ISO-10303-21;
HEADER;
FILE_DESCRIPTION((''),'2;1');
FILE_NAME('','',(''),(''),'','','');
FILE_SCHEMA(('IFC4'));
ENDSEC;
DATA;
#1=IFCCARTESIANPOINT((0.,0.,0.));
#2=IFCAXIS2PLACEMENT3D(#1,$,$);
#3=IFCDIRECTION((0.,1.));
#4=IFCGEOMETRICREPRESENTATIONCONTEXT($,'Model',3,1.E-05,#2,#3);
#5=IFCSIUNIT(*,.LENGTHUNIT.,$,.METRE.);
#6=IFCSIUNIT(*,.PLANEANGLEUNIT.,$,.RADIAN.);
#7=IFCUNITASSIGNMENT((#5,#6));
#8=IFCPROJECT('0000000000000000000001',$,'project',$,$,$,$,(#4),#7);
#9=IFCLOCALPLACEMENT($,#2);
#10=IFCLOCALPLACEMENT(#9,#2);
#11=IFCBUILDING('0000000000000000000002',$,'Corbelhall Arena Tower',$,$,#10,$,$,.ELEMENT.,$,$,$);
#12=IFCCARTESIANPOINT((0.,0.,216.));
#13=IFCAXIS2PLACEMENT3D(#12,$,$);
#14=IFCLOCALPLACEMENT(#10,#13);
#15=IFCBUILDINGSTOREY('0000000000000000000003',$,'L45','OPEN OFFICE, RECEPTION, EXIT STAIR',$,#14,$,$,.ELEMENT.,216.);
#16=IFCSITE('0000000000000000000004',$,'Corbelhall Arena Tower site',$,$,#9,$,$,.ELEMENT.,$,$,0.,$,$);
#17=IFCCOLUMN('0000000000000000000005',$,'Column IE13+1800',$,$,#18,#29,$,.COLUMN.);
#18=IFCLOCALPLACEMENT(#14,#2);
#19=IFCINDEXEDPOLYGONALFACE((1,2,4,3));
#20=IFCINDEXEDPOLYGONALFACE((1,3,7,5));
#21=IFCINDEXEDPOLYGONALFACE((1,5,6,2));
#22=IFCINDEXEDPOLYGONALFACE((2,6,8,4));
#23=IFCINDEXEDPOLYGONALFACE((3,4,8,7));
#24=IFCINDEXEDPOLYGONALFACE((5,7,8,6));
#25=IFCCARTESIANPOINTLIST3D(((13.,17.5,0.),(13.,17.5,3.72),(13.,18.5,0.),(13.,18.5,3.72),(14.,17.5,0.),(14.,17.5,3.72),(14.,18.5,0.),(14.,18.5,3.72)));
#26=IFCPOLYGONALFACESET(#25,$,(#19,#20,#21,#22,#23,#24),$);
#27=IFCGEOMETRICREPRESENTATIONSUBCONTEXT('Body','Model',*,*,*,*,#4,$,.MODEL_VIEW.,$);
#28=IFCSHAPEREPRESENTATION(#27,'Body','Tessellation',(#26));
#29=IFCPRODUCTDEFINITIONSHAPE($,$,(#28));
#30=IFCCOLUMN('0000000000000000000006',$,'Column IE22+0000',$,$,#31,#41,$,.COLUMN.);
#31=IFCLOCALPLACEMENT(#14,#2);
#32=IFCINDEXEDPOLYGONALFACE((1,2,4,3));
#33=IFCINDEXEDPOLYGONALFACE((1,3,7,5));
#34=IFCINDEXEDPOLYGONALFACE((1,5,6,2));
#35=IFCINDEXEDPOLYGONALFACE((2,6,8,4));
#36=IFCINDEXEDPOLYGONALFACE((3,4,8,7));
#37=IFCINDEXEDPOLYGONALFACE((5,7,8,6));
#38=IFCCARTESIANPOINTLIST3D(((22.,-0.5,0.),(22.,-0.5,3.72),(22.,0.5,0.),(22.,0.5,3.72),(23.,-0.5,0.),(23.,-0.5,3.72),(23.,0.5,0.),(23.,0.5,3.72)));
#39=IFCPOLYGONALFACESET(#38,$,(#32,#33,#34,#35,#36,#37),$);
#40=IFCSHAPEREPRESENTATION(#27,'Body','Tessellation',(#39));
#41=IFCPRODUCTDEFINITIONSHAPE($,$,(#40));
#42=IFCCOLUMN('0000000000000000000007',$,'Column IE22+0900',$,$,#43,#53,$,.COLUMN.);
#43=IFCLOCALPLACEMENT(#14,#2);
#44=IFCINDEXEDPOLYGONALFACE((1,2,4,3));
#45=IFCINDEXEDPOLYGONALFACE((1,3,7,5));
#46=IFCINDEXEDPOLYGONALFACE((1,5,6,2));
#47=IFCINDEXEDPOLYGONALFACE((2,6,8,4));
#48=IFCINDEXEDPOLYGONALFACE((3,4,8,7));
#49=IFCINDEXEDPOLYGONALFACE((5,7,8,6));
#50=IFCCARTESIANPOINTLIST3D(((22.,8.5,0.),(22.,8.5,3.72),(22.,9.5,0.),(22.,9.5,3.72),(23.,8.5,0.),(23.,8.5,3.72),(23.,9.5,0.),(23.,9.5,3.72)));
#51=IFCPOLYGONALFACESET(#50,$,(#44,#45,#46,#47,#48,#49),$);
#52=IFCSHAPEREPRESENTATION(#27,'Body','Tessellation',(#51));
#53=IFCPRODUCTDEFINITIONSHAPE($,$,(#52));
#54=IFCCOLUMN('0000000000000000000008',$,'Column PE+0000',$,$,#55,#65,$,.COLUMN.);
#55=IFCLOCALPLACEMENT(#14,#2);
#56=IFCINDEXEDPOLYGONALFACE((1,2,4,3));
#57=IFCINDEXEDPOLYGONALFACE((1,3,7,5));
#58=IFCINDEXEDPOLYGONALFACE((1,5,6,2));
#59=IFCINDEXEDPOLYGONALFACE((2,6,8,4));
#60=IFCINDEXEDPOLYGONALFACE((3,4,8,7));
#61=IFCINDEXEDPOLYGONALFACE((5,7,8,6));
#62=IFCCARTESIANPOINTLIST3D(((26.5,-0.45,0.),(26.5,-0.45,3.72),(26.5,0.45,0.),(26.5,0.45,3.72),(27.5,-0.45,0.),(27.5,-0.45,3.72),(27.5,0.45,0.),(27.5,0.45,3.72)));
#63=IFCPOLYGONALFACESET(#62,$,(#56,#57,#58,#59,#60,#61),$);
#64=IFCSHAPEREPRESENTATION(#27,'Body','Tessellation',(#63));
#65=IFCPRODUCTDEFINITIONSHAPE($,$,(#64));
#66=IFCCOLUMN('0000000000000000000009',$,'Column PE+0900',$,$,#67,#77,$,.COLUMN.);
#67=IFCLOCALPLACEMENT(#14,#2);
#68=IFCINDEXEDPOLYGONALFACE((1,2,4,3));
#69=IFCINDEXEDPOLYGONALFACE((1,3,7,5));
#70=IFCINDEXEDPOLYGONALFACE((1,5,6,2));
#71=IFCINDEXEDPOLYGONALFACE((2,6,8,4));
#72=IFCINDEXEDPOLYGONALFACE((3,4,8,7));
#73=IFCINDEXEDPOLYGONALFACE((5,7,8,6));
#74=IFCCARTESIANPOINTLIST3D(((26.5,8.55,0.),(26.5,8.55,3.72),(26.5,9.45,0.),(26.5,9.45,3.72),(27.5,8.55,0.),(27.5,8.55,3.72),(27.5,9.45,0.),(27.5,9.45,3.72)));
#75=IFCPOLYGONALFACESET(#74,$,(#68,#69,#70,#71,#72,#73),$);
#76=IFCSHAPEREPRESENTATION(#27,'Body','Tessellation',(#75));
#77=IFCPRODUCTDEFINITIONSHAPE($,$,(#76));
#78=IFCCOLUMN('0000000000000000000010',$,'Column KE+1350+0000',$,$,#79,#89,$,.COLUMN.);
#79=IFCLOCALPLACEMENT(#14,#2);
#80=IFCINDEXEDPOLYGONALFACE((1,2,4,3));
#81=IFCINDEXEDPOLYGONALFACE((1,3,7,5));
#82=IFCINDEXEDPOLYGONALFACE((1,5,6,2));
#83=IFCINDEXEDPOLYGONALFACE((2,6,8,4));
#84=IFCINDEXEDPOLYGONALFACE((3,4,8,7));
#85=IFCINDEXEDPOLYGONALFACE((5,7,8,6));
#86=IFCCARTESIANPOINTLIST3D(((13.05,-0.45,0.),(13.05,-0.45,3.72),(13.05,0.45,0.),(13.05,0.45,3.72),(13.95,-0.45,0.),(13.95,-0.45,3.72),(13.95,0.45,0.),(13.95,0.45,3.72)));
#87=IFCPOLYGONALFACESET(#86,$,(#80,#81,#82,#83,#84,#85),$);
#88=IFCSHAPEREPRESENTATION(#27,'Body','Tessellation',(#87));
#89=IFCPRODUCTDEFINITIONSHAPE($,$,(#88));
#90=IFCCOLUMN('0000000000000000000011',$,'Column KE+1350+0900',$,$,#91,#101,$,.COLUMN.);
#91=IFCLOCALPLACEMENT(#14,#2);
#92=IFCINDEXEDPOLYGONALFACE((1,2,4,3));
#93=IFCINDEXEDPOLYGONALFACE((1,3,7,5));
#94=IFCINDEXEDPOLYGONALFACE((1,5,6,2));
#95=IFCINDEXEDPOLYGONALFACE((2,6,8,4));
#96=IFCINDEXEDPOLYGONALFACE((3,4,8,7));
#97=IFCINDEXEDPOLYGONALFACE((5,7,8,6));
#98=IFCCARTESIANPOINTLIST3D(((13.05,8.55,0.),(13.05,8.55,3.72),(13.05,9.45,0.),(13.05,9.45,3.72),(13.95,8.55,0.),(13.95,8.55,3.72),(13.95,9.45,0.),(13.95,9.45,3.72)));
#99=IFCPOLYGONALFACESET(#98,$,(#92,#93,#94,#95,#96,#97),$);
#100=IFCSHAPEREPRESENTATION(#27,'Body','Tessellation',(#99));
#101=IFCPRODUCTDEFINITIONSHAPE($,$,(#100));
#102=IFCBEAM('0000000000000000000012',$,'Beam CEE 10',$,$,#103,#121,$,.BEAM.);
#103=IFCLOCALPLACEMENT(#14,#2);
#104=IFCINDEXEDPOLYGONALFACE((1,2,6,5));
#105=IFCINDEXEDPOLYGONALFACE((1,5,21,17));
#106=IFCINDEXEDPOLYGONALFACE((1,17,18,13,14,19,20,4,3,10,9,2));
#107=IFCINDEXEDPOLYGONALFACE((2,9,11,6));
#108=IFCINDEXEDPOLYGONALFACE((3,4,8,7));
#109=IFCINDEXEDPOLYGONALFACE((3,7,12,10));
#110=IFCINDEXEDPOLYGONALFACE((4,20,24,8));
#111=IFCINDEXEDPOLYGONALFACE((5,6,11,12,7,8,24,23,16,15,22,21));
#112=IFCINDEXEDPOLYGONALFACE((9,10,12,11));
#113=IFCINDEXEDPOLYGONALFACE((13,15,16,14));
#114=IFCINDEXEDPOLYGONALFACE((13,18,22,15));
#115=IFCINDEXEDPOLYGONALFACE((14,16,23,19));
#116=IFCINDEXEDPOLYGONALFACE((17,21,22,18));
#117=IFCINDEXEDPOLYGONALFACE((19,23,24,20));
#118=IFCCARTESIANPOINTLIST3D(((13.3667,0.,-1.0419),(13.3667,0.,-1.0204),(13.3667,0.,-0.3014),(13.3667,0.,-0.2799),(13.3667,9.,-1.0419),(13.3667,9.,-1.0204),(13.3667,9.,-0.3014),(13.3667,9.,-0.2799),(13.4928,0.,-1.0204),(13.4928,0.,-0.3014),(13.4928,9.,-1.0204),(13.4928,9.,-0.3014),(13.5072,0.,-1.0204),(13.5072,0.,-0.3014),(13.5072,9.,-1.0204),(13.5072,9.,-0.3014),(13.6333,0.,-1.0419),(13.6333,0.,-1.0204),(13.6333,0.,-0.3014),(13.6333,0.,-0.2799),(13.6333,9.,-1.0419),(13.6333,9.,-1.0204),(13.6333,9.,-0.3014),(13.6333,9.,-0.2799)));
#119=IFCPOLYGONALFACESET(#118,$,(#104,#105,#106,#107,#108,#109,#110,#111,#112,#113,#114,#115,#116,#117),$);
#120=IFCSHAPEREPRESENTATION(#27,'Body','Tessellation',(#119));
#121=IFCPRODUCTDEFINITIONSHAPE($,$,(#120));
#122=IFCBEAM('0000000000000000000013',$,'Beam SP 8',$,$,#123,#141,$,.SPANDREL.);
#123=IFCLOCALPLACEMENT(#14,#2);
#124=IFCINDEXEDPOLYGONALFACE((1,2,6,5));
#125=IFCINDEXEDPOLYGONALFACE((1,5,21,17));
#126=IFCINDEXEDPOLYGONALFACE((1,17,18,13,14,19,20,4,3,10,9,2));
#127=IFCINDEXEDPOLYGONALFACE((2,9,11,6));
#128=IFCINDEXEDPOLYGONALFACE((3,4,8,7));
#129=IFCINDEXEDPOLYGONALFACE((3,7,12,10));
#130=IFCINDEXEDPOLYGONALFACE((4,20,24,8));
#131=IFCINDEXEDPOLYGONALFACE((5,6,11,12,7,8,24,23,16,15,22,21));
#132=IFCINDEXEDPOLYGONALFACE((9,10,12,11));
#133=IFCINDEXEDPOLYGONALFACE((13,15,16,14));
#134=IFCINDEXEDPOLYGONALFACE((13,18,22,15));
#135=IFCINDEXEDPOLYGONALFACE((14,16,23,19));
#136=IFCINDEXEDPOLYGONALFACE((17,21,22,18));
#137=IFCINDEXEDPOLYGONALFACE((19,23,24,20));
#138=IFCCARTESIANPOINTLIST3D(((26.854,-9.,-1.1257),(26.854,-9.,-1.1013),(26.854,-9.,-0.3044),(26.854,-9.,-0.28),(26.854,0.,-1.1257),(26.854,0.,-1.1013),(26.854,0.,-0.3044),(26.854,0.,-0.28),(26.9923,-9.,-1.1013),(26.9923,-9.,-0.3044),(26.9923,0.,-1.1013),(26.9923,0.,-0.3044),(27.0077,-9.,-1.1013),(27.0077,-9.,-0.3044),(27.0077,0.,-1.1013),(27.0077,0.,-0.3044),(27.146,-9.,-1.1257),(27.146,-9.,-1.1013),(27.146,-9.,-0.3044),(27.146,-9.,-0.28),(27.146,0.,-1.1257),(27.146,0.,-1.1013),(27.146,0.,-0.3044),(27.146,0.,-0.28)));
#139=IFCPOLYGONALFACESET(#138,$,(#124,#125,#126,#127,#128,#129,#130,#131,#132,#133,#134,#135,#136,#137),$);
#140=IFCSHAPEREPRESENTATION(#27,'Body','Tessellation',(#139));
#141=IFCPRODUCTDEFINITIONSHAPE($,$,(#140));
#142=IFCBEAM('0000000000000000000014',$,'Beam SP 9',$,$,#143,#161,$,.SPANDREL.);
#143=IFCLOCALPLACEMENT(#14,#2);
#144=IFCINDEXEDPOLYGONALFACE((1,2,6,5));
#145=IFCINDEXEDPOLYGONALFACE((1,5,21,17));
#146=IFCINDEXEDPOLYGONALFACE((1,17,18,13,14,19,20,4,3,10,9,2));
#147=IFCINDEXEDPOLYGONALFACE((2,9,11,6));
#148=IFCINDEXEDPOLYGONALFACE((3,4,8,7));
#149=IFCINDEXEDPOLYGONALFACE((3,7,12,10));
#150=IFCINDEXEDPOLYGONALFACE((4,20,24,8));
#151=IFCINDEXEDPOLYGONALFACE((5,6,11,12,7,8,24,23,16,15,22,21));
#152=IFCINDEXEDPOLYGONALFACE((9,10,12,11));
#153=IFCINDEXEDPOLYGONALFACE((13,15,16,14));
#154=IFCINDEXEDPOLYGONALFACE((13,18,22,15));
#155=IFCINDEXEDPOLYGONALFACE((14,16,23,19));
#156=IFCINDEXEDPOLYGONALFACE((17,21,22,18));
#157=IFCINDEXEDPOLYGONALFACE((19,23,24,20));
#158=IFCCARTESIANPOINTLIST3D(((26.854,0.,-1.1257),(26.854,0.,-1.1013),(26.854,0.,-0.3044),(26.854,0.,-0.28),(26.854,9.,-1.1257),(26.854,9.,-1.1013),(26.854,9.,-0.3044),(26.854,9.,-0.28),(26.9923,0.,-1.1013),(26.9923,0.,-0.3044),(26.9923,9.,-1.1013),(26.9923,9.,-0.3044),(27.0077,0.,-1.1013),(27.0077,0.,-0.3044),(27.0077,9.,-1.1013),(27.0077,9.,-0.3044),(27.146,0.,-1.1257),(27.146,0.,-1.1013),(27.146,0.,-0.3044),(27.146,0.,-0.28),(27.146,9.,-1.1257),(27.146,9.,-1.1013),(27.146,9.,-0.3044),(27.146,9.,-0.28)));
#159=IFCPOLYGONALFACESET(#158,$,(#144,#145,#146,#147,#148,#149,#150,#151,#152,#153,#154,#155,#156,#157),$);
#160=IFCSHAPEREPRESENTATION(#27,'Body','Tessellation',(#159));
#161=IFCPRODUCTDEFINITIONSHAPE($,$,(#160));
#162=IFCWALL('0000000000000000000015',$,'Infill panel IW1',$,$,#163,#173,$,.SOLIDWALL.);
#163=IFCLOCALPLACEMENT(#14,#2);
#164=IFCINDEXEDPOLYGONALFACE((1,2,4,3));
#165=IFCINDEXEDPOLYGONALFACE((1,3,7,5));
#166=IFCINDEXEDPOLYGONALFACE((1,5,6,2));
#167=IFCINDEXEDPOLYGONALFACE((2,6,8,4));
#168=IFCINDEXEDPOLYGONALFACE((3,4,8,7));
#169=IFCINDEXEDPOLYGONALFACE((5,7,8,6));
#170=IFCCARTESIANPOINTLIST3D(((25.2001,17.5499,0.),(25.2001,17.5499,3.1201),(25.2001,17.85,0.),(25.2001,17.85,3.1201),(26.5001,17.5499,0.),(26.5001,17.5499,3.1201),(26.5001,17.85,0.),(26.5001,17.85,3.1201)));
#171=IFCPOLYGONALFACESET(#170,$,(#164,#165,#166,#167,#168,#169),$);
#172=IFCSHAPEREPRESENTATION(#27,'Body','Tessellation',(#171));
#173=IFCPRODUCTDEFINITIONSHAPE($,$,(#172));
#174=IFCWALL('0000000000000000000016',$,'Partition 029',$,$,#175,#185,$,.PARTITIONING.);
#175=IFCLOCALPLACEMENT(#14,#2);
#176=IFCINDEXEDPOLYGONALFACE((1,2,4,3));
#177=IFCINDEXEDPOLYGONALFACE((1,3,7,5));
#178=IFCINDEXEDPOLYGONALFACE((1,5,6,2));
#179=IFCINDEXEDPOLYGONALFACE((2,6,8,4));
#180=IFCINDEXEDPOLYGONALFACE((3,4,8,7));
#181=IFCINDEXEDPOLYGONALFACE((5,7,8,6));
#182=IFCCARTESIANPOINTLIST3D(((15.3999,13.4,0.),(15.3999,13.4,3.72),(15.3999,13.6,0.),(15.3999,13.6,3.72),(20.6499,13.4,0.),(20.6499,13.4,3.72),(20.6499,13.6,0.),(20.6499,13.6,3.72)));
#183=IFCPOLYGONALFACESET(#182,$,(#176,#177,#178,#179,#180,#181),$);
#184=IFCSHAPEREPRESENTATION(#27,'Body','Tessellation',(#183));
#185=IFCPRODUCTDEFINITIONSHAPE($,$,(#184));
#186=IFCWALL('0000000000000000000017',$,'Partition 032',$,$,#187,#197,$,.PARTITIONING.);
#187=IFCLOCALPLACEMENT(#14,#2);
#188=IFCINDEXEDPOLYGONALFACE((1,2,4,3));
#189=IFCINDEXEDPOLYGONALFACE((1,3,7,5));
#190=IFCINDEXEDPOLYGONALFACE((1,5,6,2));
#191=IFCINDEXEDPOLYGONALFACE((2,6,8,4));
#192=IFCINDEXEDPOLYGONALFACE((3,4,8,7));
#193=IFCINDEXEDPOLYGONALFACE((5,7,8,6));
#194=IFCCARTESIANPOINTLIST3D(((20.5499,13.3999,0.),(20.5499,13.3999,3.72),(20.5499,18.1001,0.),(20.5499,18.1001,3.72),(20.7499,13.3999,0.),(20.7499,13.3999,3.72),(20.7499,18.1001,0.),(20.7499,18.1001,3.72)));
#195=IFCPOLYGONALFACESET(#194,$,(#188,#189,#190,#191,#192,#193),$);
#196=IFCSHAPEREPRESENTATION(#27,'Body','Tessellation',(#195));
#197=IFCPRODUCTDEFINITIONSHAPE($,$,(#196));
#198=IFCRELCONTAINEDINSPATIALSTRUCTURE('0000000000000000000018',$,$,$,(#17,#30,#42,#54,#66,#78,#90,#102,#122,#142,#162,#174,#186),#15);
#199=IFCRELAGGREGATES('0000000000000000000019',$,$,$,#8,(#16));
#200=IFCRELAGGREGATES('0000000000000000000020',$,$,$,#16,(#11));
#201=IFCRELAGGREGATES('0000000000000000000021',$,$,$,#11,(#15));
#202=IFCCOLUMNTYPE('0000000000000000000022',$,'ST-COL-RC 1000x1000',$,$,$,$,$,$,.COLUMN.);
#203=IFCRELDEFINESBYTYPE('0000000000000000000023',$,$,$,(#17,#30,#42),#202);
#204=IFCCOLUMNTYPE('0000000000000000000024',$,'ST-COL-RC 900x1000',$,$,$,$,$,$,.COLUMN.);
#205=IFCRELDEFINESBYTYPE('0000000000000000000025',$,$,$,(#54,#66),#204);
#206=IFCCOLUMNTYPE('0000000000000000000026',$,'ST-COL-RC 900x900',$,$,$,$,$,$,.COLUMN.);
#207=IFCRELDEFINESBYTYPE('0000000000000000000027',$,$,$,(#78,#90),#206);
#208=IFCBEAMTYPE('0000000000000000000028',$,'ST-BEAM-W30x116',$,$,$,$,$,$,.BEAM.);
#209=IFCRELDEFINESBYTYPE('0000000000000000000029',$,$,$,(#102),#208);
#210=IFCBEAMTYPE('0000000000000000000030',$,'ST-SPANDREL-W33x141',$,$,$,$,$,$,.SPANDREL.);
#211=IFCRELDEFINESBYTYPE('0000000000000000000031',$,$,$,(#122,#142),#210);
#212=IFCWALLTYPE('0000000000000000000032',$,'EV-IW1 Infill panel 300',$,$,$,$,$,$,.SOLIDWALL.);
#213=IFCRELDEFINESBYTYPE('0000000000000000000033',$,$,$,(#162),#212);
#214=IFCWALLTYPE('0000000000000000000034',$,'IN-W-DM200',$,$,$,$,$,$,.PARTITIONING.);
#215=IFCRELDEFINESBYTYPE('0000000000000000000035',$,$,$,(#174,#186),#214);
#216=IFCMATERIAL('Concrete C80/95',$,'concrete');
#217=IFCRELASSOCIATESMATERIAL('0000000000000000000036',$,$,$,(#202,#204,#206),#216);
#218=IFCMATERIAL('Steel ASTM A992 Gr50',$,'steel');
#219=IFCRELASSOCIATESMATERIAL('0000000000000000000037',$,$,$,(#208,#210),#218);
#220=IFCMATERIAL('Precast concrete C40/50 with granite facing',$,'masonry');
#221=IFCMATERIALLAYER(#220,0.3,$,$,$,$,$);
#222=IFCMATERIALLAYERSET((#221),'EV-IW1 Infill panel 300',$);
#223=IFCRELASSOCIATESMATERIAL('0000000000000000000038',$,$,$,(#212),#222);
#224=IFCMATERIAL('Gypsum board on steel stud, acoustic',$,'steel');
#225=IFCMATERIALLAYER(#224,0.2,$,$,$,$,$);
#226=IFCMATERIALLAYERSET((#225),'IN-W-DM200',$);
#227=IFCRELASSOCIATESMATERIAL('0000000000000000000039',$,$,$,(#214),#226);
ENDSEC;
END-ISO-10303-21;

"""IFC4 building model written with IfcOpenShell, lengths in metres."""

from ifc_helpers import new_model, si_unit, direction, frame, frame_2d, origin, origin_2d, place, context, subcontext, project, spatial, rectangle, i_section, extrude, material, layer, layer_set, material_profile, profile_set, type_object, element, save


model = new_model("IFC4")

# Units and contexts
model_context = context("Model", 3, precision=1e-05, world=origin(), true_north=direction((0.0, 1.0)))
body_context = subcontext(model_context, "Body", "Model", "MODEL_VIEW")
ifc_project = project(units=[si_unit("LENGTHUNIT", "METRE"), si_unit("PLANEANGLEUNIT", "RADIAN")], contexts=[model_context])

# Site, building, storey
site_placement = place(None, origin())
site = spatial("IfcSite", under=ifc_project, at=site_placement, Name="Corbelhall Arena Tower site", CompositionType="ELEMENT", RefElevation=0.0)
building_placement = place(site_placement, origin())
building = spatial("IfcBuilding", under=site, at=building_placement, Name="Corbelhall Arena Tower", CompositionType="ELEMENT")
storey_placement = place(building_placement, frame((0.0, 0.0, 216.0)))
storey = spatial("IfcBuildingStorey", under=building, at=storey_placement, Name="L45", Description="OPEN OFFICE, RECEPTION, EXIT STAIR", CompositionType="ELEMENT", Elevation=216.0)

# Columns
ifc_material_1 = material(Name="Concrete C80/95", Category="concrete")
ifc_material_profile_1 = material_profile(ifc_material_1, rectangle(XDim=1.0, YDim=1.0, at=origin_2d()))
ifc_profile_set_1 = profile_set([ifc_material_profile_1], Name="Concrete C80/95")
column_type_1 = type_object("IfcColumnType", Name="ST-COL-RC 1000x1000", PredefinedType="COLUMN", material=ifc_profile_set_1)
for number, where, z_axis, x_axis, name in (
    (1, (13.5, 18.0, 0.0), (0.0, 0.0, 1.0), (1.0, 0.0, 0.0), "Column IE13+1800"),
    (2, (22.5, 0.0, 0.0), (0.0, 0.0, 1.0), (1.0, 0.0, 0.0), "Column IE22+0000"),
    (3, (22.5, 9.0, 0.0), (0.0, 0.0, 1.0), (1.0, 0.0, 0.0), "Column IE22+0900"),
):
    element("IfcColumn", number, at=place(storey_placement, frame(where, z_axis=z_axis, x_axis=x_axis)), inside=storey, type_object=column_type_1, Name=name, PredefinedType="COLUMN", context=body_context, shape_type="SweptSolid", body=[
        extrude(rectangle(XDim=1.0, YDim=1.0, at=origin_2d()), origin(), (0.0, 0.0, 1.0), 3.72),
    ])
ifc_material_profile_2 = material_profile(ifc_material_1, rectangle(XDim=0.8999, YDim=1.0, at=origin_2d()))
ifc_profile_set_2 = profile_set([ifc_material_profile_2], Name="Concrete C80/95")
column_type_2 = type_object("IfcColumnType", Name="ST-COL-RC 900x1000", PredefinedType="COLUMN", material=ifc_profile_set_2)
for number, where, z_axis, x_axis, name in (
    (4, (27.0, 0.0, 0.0), (0.0, 0.0, 1.0), (0.0, 1.0, 0.0), "Column PE+0000"),
    (5, (27.0, 9.0, 0.0), (0.0, 0.0, 1.0), (0.0, 1.0, 0.0), "Column PE+0900"),
):
    element("IfcColumn", number, at=place(storey_placement, frame(where, z_axis=z_axis, x_axis=x_axis)), inside=storey, type_object=column_type_2, Name=name, PredefinedType="COLUMN", context=body_context, shape_type="SweptSolid", body=[
        extrude(rectangle(XDim=0.8999, YDim=1.0, at=origin_2d()), origin(), (0.0, 0.0, 1.0), 3.72),
    ])
ifc_material_profile_3 = material_profile(ifc_material_1, rectangle(XDim=0.8999, YDim=0.8999, at=origin_2d()))
ifc_profile_set_3 = profile_set([ifc_material_profile_3], Name="Concrete C80/95")
column_type_3 = type_object("IfcColumnType", Name="ST-COL-RC 900x900", PredefinedType="COLUMN", material=ifc_profile_set_3)
for number, where, z_axis, x_axis, name in (
    (6, (13.5, 0.0, 0.0), (0.0, 0.0, 1.0), (1.0, 0.0, 0.0), "Column KE+1350+0000"),
    (7, (13.5, 9.0, 0.0), (0.0, 0.0, 1.0), (1.0, 0.0, 0.0), "Column KE+1350+0900"),
):
    element("IfcColumn", number, at=place(storey_placement, frame(where, z_axis=z_axis, x_axis=x_axis)), inside=storey, type_object=column_type_3, Name=name, PredefinedType="COLUMN", context=body_context, shape_type="SweptSolid", body=[
        extrude(rectangle(XDim=0.8999, YDim=0.8999, at=origin_2d()), origin(), (0.0, 0.0, 1.0), 3.72),
    ])

# Beams
ifc_material_2 = material(Name="Steel ASTM A992 Gr50", Category="steel")
ifc_material_profile_4 = material_profile(ifc_material_2, i_section(OverallWidth=0.2666, OverallDepth=0.762, WebThickness=0.0144, FlangeThickness=0.0215, at=origin_2d()))
ifc_profile_set_4 = profile_set([ifc_material_profile_4], Name="Steel ASTM A992 Gr50")
beam_type_1 = type_object("IfcBeamType", Name="ST-BEAM-W30x116", PredefinedType="BEAM", material=ifc_profile_set_4)
beam_placement = place(storey_placement, frame((13.5, 0.0, -0.6609), z_axis=(0.0, 1.0, 0.0), x_axis=(-1.0, 0.0, 0.0)))
element("IfcBeam", 8, at=beam_placement, inside=storey, type_object=beam_type_1, Name="Beam CEE 10", PredefinedType="BEAM", context=body_context, shape_type="SweptSolid", body=[
    extrude(i_section(OverallWidth=0.2666, OverallDepth=0.762, WebThickness=0.0144, FlangeThickness=0.0215, at=origin_2d()), origin(), (0.0, 0.0, 1.0), 9.0),
])
ifc_material_profile_5 = material_profile(ifc_material_2, i_section(OverallWidth=0.292, OverallDepth=0.8457, WebThickness=0.0154, FlangeThickness=0.0244, at=origin_2d()))
ifc_profile_set_5 = profile_set([ifc_material_profile_5], Name="Steel ASTM A992 Gr50")
beam_type_2 = type_object("IfcBeamType", Name="ST-SPANDREL-W33x141", PredefinedType="SPANDREL", material=ifc_profile_set_5)
for number, where, z_axis, x_axis, name in (
    (9, (27.0, 0.0, -0.7029), (0.0, -1.0, 0.0), (1.0, 0.0, 0.0), "Beam SP 8"),
    (10, (27.0, 9.0, -0.7029), (0.0, -1.0, 0.0), (1.0, 0.0, 0.0), "Beam SP 9"),
):
    element("IfcBeam", number, at=place(storey_placement, frame(where, z_axis=z_axis, x_axis=x_axis)), inside=storey, type_object=beam_type_2, Name=name, PredefinedType="SPANDREL", context=body_context, shape_type="SweptSolid", body=[
        extrude(i_section(OverallWidth=0.292, OverallDepth=0.8457, WebThickness=0.0154, FlangeThickness=0.0244, at=origin_2d()), origin(), (0.0, 0.0, 1.0), 9.0),
    ])

# Shared definitions
ifc_material_3 = material(Name="Precast concrete C40/50 with granite facing", Category="masonry")
ifc_layer_1 = layer(ifc_material_3, 0.3)
ifc_layer_set_1 = layer_set([ifc_layer_1], Name="EV-IW1 Infill panel 300")
wall_type_1 = type_object("IfcWallType", Name="EV-IW1 Infill panel 300", PredefinedType="SOLIDWALL", material=ifc_layer_set_1)

# Wall
wall_1_placement = place(storey_placement, frame((26.5, 17.7, 0.0), z_axis=(0.0, 0.0, 1.0), x_axis=(-1.0, 0.0, 0.0)))
element("IfcWall", 11, at=wall_1_placement, inside=storey, type_object=wall_type_1, Name="Infill panel IW1", PredefinedType="SOLIDWALL", context=body_context, shape_type="SweptSolid", body=[
    extrude(rectangle(XDim=1.3, YDim=0.3, at=frame_2d((0.6499, 0.0))), origin(), (0.0, 0.0, 1.0), 3.1201),
])

# Shared definitions
ifc_material_4 = material(Name="Gypsum board on steel stud, acoustic", Category="steel")
ifc_layer_2 = layer(ifc_material_4, 0.2)
ifc_layer_set_2 = layer_set([ifc_layer_2], Name="IN-W-DM200")
wall_type_2 = type_object("IfcWallType", Name="IN-W-DM200", PredefinedType="PARTITIONING", material=ifc_layer_set_2)

# Walls
wall_2_placement = place(storey_placement, frame((15.3999, 13.5, 0.0), z_axis=(0.0, 0.0, 1.0), x_axis=(1.0, 0.0, 0.0)))
element("IfcWall", 12, at=wall_2_placement, inside=storey, type_object=wall_type_2, Name="Partition 029", PredefinedType="PARTITIONING", context=body_context, shape_type="SweptSolid", body=[
    extrude(rectangle(XDim=5.25, YDim=0.2, at=frame_2d((2.625, 0.0))), origin(), (0.0, 0.0, 1.0), 3.72),
])
wall_3_placement = place(storey_placement, frame((20.6499, 13.3999, 0.0), z_axis=(0.0, 0.0, 1.0), x_axis=(0.0, 1.0, 0.0)))
element("IfcWall", 13, at=wall_3_placement, inside=storey, type_object=wall_type_2, Name="Partition 032", PredefinedType="PARTITIONING", context=body_context, shape_type="SweptSolid", body=[
    extrude(rectangle(XDim=4.7002, YDim=0.2, at=frame_2d((2.3501, 0.0))), origin(), (0.0, 0.0, 1.0), 3.72),
])

save(model, "model.ifc")
